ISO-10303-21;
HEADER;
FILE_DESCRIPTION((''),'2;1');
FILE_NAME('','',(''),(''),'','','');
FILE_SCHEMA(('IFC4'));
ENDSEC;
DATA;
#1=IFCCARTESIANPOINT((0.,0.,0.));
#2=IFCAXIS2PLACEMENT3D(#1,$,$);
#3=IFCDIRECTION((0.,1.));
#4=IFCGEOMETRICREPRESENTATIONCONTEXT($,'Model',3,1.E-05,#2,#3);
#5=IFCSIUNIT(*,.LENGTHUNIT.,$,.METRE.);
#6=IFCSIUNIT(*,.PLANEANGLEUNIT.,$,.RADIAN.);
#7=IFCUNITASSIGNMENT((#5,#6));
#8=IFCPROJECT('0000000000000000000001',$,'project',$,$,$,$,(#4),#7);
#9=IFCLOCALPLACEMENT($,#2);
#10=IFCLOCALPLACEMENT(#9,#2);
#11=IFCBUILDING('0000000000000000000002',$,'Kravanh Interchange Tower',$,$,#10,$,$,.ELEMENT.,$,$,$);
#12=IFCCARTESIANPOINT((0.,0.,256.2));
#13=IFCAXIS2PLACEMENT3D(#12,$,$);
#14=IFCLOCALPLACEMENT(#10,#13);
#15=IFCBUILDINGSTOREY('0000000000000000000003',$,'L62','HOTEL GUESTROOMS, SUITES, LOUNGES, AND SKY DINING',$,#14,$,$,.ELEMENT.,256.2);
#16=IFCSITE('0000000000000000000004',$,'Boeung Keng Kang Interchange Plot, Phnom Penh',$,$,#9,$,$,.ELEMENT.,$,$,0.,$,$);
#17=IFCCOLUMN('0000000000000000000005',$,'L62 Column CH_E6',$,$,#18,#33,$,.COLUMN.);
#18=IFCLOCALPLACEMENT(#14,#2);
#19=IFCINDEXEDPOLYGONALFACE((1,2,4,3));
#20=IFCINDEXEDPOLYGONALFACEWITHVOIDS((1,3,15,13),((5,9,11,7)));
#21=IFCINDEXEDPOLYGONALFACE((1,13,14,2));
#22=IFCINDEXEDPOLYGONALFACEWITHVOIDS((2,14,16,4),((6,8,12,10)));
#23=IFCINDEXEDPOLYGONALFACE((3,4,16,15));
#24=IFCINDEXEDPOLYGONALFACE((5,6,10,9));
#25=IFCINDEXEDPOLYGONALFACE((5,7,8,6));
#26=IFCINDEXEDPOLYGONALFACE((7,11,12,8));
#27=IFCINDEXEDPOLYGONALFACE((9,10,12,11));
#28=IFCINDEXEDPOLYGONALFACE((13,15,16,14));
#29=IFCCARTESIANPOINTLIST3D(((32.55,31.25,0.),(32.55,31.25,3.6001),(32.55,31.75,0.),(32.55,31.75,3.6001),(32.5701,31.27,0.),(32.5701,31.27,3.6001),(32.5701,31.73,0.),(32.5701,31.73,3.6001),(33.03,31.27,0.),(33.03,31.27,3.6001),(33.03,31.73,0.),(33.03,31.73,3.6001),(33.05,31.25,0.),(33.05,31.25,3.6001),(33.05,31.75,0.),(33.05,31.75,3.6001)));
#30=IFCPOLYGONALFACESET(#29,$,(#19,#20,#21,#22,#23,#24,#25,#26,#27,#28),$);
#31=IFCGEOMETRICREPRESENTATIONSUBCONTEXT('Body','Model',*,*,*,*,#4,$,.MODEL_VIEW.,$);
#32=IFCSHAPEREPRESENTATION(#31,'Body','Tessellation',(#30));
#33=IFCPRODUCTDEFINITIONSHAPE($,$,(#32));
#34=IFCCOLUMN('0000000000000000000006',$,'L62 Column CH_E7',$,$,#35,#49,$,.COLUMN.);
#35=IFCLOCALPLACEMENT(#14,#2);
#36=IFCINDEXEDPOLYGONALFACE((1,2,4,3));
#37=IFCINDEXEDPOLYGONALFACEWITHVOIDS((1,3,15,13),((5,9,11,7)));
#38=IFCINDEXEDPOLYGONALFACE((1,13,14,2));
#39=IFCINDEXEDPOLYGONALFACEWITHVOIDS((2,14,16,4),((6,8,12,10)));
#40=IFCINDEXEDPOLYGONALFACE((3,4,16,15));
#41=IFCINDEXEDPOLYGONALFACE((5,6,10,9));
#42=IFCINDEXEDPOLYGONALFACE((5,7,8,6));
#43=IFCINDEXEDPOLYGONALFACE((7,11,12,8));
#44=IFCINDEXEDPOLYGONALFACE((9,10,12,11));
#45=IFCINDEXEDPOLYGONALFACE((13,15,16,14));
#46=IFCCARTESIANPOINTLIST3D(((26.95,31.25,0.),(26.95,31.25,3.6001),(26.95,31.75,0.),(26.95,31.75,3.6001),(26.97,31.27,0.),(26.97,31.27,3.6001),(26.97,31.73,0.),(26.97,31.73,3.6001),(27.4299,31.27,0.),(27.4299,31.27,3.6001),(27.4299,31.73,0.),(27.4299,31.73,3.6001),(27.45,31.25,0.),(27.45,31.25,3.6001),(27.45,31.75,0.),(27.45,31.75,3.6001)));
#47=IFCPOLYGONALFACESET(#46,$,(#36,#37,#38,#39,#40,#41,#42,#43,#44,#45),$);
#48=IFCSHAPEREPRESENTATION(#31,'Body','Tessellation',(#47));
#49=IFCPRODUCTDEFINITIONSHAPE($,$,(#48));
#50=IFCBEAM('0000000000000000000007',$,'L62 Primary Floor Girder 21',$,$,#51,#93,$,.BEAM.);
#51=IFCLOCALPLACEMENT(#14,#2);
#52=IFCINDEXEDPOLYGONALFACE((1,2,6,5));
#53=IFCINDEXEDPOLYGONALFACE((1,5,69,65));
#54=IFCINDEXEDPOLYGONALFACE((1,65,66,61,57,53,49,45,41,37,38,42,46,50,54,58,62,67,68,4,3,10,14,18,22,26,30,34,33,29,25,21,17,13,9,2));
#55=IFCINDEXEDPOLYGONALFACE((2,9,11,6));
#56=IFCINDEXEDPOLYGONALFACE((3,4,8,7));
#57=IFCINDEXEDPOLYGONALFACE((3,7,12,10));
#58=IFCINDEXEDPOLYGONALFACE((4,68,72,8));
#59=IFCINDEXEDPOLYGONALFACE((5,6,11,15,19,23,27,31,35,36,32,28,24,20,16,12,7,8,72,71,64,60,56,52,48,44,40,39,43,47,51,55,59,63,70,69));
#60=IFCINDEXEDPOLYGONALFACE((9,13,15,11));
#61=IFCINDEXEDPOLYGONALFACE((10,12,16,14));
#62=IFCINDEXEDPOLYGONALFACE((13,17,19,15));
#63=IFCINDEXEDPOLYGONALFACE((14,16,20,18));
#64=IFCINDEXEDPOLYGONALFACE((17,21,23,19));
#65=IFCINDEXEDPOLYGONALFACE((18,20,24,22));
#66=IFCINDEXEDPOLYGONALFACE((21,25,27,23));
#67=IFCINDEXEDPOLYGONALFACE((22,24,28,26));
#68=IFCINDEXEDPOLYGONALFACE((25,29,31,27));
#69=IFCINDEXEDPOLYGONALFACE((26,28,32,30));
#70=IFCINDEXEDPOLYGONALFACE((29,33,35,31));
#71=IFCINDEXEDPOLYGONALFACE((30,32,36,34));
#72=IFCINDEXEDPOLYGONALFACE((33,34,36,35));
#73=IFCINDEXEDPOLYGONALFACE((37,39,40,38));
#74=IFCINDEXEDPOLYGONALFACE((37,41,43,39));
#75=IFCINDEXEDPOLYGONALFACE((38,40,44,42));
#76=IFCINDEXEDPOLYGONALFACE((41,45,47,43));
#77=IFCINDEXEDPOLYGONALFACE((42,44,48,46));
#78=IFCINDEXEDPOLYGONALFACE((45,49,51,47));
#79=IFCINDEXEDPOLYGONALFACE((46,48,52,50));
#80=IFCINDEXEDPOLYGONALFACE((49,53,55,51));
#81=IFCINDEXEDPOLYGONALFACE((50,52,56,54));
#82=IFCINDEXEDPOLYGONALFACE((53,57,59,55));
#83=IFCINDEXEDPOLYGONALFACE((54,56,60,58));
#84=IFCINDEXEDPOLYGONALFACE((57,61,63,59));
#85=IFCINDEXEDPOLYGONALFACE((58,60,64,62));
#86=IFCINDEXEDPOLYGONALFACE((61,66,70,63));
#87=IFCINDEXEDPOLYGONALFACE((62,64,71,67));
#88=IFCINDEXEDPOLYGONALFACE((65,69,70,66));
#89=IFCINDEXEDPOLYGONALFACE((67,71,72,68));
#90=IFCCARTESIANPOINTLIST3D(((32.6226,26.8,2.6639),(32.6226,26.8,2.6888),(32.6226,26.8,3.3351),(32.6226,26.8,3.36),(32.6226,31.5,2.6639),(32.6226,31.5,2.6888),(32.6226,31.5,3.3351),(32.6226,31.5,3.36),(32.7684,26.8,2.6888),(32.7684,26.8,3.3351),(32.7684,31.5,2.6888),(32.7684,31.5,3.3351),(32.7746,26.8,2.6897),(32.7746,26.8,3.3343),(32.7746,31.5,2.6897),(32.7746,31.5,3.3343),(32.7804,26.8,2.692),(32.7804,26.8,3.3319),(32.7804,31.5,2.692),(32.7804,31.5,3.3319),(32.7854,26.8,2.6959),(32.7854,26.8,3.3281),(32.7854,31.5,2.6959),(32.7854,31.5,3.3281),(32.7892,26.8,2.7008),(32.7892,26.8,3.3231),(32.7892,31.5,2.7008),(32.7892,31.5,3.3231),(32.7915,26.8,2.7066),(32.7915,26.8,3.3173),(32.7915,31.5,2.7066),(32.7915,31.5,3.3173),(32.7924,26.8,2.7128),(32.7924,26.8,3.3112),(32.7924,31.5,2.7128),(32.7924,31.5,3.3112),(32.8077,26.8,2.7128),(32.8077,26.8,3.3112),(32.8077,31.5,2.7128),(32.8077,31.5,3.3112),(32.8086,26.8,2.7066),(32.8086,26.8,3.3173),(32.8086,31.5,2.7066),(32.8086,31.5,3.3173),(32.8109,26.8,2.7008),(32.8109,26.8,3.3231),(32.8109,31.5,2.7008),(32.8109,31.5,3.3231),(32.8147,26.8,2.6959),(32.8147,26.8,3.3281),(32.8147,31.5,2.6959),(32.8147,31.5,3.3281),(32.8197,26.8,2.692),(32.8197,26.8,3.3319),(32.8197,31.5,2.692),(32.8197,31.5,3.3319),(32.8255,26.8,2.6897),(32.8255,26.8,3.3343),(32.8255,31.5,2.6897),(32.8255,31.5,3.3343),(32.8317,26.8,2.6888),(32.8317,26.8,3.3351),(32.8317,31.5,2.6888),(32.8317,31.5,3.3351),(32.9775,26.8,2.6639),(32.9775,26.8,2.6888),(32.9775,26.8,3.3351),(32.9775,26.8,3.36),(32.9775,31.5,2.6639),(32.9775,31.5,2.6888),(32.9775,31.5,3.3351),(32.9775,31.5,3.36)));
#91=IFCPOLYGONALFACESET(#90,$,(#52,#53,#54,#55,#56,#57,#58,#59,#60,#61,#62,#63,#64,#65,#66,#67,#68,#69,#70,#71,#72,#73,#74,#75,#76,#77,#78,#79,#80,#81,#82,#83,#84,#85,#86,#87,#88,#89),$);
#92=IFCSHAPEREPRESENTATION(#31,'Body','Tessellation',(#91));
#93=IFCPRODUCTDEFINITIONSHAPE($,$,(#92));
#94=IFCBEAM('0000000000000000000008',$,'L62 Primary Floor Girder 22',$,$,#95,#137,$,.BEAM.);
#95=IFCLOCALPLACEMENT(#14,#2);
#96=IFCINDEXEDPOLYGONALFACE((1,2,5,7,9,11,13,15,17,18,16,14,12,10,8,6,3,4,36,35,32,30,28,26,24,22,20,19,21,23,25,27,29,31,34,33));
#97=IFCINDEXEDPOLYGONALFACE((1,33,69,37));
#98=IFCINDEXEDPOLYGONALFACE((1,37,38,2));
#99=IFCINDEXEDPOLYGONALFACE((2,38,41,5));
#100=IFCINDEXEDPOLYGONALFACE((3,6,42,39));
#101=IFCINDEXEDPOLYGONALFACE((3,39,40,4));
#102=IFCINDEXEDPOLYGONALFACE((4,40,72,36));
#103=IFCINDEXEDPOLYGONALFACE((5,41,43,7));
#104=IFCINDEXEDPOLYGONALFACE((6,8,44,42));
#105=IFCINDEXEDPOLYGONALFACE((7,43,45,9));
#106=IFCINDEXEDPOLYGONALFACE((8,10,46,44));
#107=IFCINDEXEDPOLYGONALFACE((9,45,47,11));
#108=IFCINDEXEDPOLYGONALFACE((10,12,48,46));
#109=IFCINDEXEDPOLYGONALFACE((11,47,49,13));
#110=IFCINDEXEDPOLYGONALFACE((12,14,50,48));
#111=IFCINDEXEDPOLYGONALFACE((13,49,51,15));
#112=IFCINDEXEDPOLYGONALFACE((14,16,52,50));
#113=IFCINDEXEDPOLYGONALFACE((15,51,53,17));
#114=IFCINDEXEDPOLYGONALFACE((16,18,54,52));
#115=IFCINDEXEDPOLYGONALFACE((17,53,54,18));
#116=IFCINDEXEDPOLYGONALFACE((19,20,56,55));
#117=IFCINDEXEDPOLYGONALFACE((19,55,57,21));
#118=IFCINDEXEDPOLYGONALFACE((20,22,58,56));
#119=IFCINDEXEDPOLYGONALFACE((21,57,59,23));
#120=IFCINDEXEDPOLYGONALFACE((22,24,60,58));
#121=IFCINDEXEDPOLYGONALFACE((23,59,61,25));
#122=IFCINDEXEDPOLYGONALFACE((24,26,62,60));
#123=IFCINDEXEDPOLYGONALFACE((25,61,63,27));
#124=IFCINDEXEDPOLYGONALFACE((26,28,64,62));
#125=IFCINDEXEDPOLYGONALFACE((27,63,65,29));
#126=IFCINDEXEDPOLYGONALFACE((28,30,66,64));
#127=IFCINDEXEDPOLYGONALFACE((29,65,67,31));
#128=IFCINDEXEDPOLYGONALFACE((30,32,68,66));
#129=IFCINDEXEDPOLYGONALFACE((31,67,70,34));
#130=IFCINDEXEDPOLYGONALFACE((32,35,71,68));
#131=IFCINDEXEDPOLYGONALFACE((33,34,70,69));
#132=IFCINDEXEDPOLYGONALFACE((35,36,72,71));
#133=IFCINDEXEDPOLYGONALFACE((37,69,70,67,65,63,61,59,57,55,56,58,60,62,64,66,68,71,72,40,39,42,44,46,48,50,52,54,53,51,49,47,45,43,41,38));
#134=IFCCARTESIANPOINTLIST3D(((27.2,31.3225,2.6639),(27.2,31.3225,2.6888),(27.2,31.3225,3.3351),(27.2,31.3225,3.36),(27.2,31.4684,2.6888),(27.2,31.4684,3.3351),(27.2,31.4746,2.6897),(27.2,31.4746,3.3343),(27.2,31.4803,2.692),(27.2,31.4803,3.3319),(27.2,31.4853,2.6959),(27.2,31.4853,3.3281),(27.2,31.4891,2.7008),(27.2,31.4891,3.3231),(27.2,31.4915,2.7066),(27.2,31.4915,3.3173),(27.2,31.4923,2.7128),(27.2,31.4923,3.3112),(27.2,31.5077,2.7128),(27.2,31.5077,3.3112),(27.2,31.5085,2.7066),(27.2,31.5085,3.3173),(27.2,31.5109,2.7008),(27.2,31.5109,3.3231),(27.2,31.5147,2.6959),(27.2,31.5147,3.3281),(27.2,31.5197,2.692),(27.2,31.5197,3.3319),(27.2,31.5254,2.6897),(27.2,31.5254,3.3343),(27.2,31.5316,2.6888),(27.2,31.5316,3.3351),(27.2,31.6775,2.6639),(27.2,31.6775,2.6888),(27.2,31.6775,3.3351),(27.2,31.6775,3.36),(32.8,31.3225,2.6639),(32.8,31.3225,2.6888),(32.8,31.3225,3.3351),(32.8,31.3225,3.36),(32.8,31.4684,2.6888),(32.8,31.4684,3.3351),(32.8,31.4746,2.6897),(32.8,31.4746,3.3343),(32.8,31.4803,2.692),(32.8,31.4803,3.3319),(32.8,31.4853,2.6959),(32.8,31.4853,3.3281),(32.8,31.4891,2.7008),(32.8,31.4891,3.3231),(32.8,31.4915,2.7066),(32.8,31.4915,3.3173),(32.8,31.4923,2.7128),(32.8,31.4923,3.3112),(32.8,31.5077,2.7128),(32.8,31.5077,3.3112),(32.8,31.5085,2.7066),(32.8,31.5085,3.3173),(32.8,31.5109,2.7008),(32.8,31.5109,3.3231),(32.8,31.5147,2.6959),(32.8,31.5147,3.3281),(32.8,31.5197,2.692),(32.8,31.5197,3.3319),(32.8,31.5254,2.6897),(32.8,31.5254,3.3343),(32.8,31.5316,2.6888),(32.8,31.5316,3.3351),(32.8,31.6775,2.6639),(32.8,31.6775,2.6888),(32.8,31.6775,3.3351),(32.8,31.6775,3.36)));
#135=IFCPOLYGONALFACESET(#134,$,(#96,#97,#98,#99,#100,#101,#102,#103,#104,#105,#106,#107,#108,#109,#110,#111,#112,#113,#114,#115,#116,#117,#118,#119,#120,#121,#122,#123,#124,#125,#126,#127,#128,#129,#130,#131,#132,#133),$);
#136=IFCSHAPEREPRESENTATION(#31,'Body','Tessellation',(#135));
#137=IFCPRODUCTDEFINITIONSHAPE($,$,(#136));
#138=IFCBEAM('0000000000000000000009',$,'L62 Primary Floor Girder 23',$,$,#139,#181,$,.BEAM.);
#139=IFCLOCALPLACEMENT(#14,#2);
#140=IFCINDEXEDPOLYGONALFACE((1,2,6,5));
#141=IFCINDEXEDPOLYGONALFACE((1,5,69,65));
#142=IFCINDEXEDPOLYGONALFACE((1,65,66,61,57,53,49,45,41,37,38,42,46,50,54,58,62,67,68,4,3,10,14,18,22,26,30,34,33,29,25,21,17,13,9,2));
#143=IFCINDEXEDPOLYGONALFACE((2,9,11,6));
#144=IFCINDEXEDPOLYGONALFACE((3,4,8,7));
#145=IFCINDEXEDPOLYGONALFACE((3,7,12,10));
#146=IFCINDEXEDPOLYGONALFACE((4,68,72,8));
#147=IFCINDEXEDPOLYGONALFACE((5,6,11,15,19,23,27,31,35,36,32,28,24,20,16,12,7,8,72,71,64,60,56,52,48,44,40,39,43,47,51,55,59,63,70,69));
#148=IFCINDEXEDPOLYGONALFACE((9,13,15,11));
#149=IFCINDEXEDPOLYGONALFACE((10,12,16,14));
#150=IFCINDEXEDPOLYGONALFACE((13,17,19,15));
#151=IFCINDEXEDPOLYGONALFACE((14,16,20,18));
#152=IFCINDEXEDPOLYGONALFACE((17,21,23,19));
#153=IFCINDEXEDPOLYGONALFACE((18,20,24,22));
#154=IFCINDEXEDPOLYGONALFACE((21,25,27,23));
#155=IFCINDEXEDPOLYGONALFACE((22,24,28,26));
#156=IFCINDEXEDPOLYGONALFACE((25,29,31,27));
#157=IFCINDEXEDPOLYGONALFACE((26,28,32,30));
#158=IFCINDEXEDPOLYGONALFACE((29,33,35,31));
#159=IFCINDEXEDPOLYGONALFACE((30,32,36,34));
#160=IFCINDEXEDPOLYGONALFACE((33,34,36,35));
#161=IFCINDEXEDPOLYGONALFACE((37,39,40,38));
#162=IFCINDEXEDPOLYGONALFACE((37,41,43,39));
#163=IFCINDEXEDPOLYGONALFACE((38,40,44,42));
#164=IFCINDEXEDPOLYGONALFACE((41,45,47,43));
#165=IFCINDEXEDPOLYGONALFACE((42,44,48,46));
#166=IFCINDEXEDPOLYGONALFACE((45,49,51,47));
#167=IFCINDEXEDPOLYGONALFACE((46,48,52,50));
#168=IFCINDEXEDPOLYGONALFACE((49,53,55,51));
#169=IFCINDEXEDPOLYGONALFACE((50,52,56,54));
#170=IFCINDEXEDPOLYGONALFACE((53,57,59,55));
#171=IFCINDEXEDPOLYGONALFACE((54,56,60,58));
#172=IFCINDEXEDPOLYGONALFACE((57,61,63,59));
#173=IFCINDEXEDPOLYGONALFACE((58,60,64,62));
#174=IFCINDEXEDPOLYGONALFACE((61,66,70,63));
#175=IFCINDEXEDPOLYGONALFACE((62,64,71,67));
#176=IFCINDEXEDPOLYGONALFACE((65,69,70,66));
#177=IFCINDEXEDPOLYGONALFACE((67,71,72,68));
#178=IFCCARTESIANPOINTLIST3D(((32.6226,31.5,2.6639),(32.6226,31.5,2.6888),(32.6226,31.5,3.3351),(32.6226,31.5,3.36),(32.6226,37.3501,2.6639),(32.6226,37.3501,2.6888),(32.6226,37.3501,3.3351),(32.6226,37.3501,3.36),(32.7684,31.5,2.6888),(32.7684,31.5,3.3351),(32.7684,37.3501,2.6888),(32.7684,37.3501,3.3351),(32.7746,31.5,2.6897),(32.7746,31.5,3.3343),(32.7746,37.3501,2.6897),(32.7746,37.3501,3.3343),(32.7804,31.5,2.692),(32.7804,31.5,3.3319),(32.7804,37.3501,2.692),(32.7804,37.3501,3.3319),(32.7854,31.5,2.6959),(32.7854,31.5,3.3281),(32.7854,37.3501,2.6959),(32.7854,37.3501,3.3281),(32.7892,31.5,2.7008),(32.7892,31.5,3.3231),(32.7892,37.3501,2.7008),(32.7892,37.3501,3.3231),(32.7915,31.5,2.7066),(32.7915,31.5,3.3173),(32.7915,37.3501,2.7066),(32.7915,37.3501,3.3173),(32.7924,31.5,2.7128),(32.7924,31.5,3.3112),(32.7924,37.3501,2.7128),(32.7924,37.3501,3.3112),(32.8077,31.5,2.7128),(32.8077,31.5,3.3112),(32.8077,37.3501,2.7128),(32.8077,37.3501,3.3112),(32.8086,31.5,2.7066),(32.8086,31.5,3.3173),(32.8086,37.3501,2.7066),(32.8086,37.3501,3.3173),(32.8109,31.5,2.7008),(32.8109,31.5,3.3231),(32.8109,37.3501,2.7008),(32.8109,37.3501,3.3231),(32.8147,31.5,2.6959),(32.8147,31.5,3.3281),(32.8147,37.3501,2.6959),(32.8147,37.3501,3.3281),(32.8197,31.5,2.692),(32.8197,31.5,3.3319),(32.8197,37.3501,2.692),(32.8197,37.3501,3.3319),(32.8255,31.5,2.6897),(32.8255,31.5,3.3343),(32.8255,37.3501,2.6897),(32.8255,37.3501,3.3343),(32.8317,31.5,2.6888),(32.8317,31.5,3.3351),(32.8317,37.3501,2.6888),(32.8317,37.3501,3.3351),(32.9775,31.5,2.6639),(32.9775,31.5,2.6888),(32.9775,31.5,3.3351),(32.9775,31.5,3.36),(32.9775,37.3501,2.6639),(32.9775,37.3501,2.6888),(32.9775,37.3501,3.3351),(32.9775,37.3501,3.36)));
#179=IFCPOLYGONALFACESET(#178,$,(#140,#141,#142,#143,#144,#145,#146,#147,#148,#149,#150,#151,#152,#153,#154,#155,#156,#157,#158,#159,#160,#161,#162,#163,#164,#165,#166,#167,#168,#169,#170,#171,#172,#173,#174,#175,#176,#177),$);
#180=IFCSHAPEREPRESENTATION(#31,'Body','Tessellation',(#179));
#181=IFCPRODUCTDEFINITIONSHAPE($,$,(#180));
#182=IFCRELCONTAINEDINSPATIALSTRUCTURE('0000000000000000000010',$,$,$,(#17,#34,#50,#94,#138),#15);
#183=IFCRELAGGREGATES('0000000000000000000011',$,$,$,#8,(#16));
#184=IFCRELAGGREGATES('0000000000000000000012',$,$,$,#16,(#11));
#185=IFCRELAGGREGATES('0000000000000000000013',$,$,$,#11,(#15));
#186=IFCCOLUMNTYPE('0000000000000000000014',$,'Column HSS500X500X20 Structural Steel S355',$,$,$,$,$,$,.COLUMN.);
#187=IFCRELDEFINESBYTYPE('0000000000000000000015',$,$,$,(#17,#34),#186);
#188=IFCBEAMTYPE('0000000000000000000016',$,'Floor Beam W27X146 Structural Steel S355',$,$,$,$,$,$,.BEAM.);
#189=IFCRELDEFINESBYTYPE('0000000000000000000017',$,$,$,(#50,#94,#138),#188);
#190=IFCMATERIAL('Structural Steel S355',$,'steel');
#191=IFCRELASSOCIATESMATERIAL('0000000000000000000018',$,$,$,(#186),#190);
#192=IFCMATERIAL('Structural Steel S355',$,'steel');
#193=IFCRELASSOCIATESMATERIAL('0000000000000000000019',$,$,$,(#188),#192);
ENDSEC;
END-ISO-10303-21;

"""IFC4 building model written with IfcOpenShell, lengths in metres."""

from ifc_helpers import new_model, si_unit, direction, frame, origin, origin_2d, place, context, subcontext, project, spatial, hollow_rectangle, i_section, extrude, material, material_profile, profile_set, type_object, element, save


model = new_model("IFC4")

# Units and contexts
model_context = context("Model", 3, precision=1e-05, world=origin(), true_north=direction((0.0, 1.0)))
body_context = subcontext(model_context, "Body", "Model", "MODEL_VIEW")
ifc_project = project(units=[si_unit("LENGTHUNIT", "METRE"), si_unit("PLANEANGLEUNIT", "RADIAN")], contexts=[model_context])

# Site, building, storey
site_placement = place(None, origin())
site = spatial("IfcSite", under=ifc_project, at=site_placement, Name="Boeung Keng Kang Interchange Plot, Phnom Penh", CompositionType="ELEMENT", RefElevation=0.0)
building_placement = place(site_placement, origin())
building = spatial("IfcBuilding", under=site, at=building_placement, Name="Kravanh Interchange Tower", CompositionType="ELEMENT")
storey_placement = place(building_placement, frame((0.0, 0.0, 256.2)))
storey = spatial("IfcBuildingStorey", under=building, at=storey_placement, Name="L62", Description="HOTEL GUESTROOMS, SUITES, LOUNGES, AND SKY DINING", CompositionType="ELEMENT", Elevation=256.2)

# Columns
ifc_material_1 = material(Name="Structural Steel S355", Category="steel")
ifc_material_profile_1 = material_profile(ifc_material_1, hollow_rectangle(XDim=0.5, YDim=0.5, WallThickness=0.02, at=origin_2d()), Name="HSS500X500X20")
ifc_profile_set_1 = profile_set([ifc_material_profile_1], Name="Structural Steel S355")
column_type = type_object("IfcColumnType", Name="Column HSS500X500X20 Structural Steel S355", PredefinedType="COLUMN", material=ifc_profile_set_1)
for number, where, z_axis, x_axis, name in (
    (1, (32.8, 31.5, 0.0), (0.0, 0.0, 1.0), (1.0, 0.0, 0.0), "L62 Column CH_E6"),
    (2, (27.2, 31.5, 0.0), (0.0, 0.0, 1.0), (1.0, 0.0, 0.0), "L62 Column CH_E7"),
):
    element("IfcColumn", number, at=place(storey_placement, frame(where, z_axis=z_axis, x_axis=x_axis)), inside=storey, type_object=column_type, Name=name, PredefinedType="COLUMN", context=body_context, shape_type="SweptSolid", body=[
        extrude(hollow_rectangle(XDim=0.5, YDim=0.5, WallThickness=0.02, at=origin_2d()), origin(), (0.0, 0.0, 1.0), 3.6001),
    ])

# Beams
ifc_material_2 = material(Name="Structural Steel S355", Category="steel")
ifc_material_profile_2 = material_profile(ifc_material_2, i_section(OverallWidth=0.355, OverallDepth=0.696, WebThickness=0.0154, FlangeThickness=0.0249, FilletRadius=0.0239, at=origin_2d()), Name="W27X146")
ifc_profile_set_2 = profile_set([ifc_material_profile_2], Name="Structural Steel S355")
beam_type_1 = type_object("IfcBeamType", Name="Floor Beam W27X146 Structural Steel S355", PredefinedType="BEAM", material=ifc_profile_set_2)
beam_1_placement = place(storey_placement, frame((32.8, 31.5, 3.012), z_axis=(0.0, -1.0, 0.0), x_axis=(1.0, 0.0, 0.0)))
element("IfcBeam", 3, at=beam_1_placement, inside=storey, type_object=beam_type_1, Name="L62 Primary Floor Girder 21", PredefinedType="BEAM", context=body_context, shape_type="SweptSolid", body=[
    extrude(i_section(OverallWidth=0.355, OverallDepth=0.696, WebThickness=0.0154, FlangeThickness=0.0249, FilletRadius=0.0239, at=origin_2d()), origin(), (0.0, 0.0, 1.0), 4.7),
])
beam_2_placement = place(storey_placement, frame((32.8, 31.5, 3.012), z_axis=(-1.0, 0.0, 0.0), x_axis=(0.0, -1.0, 0.0)))
element("IfcBeam", 4, at=beam_2_placement, inside=storey, type_object=beam_type_1, Name="L62 Primary Floor Girder 22", PredefinedType="BEAM", context=body_context, shape_type="SweptSolid", body=[
    extrude(i_section(OverallWidth=0.355, OverallDepth=0.696, WebThickness=0.0154, FlangeThickness=0.0249, FilletRadius=0.0239, at=origin_2d()), origin(), (0.0, 0.0, 1.0), 5.6001),
])
beam_3_placement = place(storey_placement, frame((32.8, 31.5, 3.012), z_axis=(0.0, 1.0, 0.0), x_axis=(-1.0, 0.0, 0.0)))
element("IfcBeam", 5, at=beam_3_placement, inside=storey, type_object=beam_type_1, Name="L62 Primary Floor Girder 23", PredefinedType="BEAM", context=body_context, shape_type="SweptSolid", body=[
    extrude(i_section(OverallWidth=0.355, OverallDepth=0.696, WebThickness=0.0154, FlangeThickness=0.0249, FilletRadius=0.0239, at=origin_2d()), origin(), (0.0, 0.0, 1.0), 5.8501),
])

save(model, "model.ifc")
